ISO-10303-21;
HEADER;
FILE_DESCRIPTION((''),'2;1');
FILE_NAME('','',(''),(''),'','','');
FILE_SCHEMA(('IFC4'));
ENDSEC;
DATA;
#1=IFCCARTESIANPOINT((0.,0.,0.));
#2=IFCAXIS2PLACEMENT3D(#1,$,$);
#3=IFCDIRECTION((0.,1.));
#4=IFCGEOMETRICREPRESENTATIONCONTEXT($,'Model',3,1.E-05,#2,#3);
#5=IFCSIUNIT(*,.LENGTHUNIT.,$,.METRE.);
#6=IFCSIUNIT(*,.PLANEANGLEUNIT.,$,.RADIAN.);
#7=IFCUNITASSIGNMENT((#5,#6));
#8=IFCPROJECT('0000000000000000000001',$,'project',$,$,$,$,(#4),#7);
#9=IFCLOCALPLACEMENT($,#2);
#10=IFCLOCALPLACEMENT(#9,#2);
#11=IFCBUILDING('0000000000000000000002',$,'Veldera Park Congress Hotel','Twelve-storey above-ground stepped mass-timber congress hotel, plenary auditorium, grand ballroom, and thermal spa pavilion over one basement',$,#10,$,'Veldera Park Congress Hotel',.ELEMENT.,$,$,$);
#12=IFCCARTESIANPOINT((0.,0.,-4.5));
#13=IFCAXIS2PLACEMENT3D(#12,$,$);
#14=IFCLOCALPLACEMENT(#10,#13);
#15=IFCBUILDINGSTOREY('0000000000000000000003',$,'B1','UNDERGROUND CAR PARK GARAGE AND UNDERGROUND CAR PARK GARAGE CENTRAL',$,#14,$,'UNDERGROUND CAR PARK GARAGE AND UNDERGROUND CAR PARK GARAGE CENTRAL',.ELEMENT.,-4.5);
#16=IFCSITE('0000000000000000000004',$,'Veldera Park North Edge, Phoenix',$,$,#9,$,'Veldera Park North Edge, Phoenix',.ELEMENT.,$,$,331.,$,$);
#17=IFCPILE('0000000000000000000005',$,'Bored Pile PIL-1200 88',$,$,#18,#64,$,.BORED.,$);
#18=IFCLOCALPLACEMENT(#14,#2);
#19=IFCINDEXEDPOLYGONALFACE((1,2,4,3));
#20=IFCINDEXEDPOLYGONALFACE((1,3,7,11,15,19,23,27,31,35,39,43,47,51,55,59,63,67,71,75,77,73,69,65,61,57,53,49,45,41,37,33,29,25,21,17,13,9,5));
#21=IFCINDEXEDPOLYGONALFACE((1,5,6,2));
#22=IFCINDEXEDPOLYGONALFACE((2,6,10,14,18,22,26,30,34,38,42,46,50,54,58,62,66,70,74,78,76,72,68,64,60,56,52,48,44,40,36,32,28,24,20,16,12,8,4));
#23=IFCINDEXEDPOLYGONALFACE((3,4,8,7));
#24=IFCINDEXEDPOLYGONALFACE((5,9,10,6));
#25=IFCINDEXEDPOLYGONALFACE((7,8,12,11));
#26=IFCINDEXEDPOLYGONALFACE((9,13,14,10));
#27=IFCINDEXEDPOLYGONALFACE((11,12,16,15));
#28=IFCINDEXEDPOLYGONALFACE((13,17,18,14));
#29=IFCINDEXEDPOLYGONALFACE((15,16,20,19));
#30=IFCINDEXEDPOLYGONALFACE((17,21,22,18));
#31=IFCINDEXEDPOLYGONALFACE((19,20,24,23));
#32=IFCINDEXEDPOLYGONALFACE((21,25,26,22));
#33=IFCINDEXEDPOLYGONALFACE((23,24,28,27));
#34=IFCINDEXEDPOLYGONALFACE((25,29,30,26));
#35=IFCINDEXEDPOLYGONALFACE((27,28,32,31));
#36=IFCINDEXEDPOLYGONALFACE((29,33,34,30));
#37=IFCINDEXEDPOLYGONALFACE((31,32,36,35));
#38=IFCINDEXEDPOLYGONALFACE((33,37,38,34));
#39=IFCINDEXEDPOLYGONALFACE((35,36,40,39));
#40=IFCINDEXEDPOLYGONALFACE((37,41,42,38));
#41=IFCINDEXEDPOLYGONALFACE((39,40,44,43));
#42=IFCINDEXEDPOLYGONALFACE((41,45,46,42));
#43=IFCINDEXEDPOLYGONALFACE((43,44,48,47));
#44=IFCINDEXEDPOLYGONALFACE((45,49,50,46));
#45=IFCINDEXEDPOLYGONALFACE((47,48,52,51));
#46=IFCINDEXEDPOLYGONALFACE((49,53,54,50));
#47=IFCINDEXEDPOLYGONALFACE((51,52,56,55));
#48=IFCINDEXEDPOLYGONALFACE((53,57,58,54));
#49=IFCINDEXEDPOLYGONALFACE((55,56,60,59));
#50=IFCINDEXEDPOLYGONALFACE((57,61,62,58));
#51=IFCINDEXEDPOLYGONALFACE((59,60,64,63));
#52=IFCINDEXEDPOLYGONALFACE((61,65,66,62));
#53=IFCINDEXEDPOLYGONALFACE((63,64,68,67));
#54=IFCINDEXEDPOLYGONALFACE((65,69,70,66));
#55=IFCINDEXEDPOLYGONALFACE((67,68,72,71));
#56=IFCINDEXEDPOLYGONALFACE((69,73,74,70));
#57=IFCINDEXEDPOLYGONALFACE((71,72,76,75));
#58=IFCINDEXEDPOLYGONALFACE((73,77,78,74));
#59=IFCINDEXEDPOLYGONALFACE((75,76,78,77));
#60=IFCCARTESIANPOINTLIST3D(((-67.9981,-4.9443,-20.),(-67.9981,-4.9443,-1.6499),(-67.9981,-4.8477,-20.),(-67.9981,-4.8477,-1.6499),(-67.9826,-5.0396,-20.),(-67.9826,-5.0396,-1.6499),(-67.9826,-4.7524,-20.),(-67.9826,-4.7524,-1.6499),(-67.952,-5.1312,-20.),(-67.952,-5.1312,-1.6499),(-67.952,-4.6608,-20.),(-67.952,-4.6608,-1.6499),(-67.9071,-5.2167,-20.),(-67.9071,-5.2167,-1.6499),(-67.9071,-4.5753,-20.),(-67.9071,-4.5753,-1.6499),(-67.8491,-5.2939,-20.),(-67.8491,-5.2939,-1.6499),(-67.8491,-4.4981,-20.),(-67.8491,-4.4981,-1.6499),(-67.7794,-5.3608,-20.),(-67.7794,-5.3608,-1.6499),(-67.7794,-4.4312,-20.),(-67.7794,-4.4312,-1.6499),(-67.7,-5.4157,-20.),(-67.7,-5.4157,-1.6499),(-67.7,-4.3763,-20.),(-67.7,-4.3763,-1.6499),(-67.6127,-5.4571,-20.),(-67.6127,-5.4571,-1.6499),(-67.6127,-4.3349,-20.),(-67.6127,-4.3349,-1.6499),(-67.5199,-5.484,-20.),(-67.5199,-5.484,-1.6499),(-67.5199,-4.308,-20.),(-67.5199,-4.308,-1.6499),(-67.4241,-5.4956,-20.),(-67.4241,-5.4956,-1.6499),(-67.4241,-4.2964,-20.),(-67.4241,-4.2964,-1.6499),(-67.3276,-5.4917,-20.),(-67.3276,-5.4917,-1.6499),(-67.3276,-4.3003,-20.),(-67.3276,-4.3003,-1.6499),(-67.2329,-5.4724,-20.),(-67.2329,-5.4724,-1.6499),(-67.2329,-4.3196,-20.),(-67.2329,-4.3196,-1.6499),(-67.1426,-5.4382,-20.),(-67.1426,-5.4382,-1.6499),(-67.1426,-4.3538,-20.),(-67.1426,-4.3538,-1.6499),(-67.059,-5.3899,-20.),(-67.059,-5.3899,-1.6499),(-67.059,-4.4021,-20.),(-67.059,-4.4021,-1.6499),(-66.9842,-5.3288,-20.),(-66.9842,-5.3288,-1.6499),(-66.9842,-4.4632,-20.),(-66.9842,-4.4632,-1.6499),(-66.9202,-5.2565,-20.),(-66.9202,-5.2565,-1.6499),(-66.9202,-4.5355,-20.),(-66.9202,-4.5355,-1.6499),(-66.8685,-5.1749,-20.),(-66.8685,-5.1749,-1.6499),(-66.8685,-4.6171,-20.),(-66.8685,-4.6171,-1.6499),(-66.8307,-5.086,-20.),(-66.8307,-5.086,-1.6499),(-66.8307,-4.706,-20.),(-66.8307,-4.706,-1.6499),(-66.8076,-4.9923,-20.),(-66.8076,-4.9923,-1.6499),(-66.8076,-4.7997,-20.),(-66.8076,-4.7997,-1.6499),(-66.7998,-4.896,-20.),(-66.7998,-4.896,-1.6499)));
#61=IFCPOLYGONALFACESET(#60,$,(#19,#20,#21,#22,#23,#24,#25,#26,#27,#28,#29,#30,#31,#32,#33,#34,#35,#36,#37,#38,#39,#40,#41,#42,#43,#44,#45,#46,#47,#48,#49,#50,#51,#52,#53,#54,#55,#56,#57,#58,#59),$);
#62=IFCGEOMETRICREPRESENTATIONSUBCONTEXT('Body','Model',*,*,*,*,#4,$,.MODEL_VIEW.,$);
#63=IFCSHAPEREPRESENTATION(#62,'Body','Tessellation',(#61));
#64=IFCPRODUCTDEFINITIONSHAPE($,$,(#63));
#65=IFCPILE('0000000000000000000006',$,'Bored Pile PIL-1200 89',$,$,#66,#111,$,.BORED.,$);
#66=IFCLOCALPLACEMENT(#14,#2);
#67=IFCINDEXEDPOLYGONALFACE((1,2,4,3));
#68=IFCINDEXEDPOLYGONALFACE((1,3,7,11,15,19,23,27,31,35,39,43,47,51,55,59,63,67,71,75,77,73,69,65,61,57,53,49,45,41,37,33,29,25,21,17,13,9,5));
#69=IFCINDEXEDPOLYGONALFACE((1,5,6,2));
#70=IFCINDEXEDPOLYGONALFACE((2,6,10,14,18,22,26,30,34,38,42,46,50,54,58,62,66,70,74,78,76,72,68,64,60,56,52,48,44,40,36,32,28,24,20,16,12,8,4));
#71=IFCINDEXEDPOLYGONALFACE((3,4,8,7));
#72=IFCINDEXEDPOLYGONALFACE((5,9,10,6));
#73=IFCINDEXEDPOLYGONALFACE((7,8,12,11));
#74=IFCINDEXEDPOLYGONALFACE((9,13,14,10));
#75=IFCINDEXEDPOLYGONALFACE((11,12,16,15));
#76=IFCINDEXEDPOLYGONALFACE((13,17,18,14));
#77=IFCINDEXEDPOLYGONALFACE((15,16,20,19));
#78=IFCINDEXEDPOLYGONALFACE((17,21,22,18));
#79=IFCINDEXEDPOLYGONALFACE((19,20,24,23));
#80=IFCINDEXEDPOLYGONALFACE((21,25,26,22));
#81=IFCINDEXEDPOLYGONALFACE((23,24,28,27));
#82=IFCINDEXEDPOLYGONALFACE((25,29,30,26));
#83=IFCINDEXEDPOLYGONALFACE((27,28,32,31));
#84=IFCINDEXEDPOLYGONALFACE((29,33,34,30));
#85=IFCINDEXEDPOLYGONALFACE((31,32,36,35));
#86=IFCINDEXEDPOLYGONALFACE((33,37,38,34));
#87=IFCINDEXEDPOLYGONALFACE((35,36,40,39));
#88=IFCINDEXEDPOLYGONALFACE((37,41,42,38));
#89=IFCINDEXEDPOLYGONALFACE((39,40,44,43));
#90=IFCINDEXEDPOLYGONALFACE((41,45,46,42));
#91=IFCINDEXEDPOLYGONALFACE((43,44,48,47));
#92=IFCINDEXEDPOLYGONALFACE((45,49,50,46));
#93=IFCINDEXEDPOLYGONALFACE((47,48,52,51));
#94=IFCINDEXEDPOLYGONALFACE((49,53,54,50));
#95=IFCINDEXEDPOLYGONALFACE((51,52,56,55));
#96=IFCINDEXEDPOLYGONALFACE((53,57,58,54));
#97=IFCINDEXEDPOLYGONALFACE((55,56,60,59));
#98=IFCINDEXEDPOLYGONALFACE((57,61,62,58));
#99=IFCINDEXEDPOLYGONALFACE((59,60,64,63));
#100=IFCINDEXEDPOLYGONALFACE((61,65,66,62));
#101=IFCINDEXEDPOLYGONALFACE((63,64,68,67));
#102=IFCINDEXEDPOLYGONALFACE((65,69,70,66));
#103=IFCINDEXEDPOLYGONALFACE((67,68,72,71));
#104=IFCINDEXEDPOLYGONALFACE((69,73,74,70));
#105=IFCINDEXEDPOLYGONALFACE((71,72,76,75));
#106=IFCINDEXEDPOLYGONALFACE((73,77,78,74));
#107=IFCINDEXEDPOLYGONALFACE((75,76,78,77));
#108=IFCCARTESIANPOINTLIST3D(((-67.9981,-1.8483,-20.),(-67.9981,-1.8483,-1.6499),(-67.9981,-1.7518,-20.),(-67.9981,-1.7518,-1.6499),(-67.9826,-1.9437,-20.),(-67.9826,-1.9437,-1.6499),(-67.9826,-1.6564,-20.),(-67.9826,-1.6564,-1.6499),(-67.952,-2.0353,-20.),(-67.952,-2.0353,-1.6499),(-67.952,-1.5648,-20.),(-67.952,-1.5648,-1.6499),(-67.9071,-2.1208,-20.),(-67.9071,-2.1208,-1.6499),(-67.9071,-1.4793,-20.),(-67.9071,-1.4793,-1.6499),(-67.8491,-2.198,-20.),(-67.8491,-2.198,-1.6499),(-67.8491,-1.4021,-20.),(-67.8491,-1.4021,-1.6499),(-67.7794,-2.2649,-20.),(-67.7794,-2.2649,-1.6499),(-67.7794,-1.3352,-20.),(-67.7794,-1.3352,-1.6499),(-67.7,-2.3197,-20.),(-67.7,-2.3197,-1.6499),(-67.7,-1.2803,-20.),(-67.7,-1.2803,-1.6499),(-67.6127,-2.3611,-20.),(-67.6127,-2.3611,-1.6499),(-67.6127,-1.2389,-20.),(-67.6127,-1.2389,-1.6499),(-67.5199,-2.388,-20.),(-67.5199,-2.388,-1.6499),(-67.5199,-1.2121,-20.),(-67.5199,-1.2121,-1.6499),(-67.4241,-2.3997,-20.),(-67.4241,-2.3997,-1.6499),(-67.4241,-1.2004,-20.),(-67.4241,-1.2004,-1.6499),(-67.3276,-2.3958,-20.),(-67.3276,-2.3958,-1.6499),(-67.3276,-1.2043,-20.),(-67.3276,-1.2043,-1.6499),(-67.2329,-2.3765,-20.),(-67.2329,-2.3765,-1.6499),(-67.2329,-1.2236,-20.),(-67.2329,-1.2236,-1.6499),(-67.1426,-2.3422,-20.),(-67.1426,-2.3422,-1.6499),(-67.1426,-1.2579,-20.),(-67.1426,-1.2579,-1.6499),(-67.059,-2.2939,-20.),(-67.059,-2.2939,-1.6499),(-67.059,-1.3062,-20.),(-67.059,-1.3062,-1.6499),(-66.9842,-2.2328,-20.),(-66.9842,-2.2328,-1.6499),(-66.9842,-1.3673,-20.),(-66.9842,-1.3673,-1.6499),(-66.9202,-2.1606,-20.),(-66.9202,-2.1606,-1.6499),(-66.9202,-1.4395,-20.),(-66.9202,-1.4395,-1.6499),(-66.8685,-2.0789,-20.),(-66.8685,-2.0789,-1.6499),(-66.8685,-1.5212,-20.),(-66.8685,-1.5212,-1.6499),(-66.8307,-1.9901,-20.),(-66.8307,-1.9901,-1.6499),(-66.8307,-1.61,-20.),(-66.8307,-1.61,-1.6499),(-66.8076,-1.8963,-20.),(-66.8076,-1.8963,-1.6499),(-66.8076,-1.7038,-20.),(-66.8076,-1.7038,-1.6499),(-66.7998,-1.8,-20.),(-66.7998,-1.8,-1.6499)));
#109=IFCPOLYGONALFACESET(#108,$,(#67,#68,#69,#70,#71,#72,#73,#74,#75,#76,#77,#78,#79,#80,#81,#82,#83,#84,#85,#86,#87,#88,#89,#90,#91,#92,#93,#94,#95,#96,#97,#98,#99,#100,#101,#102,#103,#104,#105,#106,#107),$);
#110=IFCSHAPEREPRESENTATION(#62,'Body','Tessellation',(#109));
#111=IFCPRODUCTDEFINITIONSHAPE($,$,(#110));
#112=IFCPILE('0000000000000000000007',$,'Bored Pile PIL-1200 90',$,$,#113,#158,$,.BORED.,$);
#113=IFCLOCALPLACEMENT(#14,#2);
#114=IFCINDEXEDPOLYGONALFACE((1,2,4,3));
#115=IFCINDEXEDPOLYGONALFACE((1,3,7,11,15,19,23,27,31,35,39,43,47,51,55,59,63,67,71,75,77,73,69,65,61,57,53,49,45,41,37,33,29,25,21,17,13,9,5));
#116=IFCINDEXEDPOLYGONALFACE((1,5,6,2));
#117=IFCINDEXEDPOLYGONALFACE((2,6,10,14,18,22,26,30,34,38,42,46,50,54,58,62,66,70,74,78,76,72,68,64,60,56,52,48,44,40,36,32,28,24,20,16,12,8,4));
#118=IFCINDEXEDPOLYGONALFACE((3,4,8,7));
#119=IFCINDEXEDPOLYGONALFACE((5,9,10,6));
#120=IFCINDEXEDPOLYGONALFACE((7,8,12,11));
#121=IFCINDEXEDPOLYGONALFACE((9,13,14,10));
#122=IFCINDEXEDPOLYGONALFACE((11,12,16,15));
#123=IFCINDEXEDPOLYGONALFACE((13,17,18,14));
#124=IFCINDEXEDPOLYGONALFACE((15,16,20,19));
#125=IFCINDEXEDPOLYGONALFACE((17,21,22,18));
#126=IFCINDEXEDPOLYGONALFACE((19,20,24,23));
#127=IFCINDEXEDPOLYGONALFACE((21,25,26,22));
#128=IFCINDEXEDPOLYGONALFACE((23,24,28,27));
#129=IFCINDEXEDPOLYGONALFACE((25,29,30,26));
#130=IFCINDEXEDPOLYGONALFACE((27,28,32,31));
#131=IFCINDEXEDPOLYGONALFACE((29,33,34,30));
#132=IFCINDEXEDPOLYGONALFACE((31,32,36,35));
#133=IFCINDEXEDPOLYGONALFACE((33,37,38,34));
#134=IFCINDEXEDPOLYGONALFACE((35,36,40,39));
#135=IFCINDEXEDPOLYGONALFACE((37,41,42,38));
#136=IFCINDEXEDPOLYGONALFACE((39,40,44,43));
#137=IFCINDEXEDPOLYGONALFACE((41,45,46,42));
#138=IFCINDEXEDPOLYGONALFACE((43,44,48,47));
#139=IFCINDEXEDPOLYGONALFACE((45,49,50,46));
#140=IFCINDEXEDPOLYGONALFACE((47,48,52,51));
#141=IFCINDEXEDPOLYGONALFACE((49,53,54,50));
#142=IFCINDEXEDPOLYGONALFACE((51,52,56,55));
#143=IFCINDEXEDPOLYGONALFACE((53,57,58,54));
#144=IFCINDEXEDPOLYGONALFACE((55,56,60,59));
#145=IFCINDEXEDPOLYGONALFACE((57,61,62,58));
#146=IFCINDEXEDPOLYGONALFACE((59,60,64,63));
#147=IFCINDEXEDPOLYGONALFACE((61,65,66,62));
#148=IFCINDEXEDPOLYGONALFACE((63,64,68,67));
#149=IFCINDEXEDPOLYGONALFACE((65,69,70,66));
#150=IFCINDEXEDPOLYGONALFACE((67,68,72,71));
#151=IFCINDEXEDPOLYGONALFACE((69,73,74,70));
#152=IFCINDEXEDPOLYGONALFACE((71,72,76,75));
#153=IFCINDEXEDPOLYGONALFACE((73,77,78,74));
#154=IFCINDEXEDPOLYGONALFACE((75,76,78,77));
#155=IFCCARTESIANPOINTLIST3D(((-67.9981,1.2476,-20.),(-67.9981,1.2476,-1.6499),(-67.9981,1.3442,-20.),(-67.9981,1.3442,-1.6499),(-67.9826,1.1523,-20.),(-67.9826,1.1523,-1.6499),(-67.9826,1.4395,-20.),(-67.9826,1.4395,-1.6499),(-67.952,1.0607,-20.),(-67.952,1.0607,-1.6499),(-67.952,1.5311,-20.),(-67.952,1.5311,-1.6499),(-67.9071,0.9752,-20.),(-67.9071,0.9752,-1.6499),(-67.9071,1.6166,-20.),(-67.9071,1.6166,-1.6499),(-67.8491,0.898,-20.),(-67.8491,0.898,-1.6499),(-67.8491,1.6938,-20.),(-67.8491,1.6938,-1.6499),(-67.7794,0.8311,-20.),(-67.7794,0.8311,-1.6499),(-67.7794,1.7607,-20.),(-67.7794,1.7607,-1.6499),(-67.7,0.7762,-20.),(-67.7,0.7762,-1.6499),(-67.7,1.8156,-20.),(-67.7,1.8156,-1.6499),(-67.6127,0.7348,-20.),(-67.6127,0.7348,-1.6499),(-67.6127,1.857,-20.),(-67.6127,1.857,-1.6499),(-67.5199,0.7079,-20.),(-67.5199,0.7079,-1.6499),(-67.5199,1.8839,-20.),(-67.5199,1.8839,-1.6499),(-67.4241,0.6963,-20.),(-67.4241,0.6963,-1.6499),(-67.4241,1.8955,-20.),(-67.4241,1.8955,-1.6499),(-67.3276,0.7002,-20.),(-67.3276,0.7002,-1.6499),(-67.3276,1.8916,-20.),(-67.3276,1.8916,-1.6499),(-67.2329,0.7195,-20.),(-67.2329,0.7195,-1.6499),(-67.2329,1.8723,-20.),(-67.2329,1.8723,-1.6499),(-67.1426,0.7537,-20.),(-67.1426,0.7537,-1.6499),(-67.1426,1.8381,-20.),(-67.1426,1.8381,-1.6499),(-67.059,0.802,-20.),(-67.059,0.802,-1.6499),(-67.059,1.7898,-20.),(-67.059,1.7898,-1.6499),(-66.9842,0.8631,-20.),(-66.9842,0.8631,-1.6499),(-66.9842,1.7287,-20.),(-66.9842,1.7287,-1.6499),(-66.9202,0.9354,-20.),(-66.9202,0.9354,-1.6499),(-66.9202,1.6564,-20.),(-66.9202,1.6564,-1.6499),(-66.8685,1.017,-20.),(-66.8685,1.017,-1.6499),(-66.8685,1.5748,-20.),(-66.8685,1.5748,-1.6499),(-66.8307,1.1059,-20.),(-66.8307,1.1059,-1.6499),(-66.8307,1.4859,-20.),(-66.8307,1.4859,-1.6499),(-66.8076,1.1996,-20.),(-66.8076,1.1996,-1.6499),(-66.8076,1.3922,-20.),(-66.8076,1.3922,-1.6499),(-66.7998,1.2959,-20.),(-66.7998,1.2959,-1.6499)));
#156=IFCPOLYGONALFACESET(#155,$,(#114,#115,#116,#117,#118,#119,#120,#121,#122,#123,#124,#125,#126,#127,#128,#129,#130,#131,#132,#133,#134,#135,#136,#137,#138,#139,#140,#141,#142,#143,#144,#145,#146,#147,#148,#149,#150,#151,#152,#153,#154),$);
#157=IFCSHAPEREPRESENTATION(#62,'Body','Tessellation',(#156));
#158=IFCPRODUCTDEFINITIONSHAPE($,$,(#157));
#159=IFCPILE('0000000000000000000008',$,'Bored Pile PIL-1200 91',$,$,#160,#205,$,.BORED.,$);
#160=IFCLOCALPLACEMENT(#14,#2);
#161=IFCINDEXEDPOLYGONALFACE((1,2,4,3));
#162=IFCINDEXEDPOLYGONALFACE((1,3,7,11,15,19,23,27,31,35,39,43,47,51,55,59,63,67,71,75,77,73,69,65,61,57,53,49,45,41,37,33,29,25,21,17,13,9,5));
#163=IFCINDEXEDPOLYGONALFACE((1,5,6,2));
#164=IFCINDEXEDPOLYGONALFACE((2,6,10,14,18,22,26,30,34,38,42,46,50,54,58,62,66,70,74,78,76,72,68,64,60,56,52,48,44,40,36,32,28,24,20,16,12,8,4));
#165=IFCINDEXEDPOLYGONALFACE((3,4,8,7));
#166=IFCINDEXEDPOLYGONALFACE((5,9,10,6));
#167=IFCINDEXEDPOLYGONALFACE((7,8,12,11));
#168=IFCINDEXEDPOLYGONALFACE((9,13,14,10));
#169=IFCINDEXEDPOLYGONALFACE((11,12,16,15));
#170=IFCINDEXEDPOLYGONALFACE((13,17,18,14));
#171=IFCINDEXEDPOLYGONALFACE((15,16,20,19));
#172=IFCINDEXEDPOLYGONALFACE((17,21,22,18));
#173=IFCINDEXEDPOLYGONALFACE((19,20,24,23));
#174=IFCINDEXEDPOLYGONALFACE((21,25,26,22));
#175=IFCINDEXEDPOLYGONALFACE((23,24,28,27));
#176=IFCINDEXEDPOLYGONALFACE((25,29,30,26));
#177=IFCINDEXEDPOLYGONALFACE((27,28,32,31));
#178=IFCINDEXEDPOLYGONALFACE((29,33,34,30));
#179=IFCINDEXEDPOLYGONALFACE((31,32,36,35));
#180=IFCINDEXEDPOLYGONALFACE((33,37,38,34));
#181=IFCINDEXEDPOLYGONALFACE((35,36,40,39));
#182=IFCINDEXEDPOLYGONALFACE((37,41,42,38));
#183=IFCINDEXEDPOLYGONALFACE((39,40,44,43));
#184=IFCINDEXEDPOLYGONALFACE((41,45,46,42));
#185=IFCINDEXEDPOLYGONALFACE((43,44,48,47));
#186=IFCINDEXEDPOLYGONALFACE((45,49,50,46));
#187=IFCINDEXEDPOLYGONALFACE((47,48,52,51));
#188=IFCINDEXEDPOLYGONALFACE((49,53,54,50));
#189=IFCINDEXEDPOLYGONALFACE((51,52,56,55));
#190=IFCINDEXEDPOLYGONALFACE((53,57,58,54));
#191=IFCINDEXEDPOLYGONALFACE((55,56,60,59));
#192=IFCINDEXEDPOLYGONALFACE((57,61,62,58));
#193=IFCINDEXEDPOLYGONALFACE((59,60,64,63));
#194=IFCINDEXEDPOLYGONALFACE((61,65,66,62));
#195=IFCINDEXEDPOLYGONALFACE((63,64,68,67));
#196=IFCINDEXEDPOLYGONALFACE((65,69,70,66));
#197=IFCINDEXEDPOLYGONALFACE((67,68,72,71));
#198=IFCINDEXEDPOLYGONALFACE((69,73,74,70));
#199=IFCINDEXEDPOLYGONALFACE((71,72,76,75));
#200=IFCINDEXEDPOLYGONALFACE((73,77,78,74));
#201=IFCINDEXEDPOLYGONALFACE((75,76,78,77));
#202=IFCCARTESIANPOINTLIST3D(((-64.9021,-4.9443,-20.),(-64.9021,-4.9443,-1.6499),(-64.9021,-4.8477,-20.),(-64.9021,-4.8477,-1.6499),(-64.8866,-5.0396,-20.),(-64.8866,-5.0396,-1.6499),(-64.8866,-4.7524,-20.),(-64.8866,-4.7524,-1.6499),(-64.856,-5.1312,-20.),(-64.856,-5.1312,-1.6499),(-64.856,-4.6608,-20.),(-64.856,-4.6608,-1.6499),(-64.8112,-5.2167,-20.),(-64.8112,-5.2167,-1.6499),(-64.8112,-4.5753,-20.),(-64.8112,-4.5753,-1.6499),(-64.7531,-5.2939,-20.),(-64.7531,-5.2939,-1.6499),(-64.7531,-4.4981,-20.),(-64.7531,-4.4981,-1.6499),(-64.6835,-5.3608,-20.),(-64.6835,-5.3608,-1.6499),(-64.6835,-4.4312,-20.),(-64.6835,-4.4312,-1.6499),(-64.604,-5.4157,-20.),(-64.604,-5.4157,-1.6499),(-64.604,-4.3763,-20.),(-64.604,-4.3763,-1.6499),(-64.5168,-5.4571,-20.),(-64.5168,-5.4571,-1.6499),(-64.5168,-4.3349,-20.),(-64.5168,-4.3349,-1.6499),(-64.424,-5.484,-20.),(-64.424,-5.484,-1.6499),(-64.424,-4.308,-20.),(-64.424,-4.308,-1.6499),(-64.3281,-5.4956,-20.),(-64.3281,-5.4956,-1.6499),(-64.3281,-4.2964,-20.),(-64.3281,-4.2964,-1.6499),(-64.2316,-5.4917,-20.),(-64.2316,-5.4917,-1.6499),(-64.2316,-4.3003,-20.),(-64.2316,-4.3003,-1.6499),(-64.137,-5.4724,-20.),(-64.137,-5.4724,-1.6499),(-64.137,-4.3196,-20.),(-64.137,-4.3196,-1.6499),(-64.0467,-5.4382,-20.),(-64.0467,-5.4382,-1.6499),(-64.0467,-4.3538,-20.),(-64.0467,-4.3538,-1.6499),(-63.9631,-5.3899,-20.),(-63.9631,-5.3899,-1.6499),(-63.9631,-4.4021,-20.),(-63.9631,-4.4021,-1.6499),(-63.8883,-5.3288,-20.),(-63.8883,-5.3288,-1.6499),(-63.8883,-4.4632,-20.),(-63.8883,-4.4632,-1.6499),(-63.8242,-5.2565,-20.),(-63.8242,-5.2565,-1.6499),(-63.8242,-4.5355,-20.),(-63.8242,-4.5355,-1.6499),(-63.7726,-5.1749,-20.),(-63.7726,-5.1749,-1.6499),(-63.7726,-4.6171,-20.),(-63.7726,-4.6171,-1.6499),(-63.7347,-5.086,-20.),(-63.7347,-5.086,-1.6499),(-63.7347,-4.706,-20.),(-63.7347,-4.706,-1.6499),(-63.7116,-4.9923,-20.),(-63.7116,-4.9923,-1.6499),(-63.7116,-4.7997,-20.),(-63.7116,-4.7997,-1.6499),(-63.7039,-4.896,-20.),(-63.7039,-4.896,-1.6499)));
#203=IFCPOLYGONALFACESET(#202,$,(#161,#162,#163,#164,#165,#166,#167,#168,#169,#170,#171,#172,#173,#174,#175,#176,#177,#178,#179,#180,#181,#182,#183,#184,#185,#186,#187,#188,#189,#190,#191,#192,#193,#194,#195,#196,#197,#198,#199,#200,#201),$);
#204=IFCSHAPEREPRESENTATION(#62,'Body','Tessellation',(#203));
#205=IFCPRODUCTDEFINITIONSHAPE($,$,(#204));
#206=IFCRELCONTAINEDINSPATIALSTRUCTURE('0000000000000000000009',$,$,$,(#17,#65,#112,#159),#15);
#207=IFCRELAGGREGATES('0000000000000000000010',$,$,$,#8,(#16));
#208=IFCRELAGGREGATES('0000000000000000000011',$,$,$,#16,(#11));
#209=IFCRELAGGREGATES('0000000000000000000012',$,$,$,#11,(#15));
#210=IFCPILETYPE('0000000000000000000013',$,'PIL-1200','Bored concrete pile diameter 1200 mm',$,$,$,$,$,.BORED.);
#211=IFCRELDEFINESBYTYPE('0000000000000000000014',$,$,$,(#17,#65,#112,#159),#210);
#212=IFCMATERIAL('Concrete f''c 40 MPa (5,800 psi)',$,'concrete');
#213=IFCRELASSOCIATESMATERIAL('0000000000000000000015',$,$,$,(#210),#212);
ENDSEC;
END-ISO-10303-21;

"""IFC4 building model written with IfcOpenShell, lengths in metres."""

from ifc_helpers import new_model, si_unit, direction, frame, origin, origin_2d, place, context, subcontext, project, spatial, circle, extrude, material, material_profile, profile_set, type_object, element, save


model = new_model("IFC4")

# Units and contexts
model_context = context("Model", 3, precision=1e-05, world=origin(), true_north=direction((0.0, 1.0)))
body_context = subcontext(model_context, "Body", "Model", "MODEL_VIEW")
ifc_project = project(units=[si_unit("LENGTHUNIT", "METRE"), si_unit("PLANEANGLEUNIT", "RADIAN")], contexts=[model_context])

# Site, building, storey
site_placement = place(None, origin())
site = spatial("IfcSite", under=ifc_project, at=site_placement, Name="Veldera Park North Edge, Phoenix", LongName="Veldera Park North Edge, Phoenix", CompositionType="ELEMENT", RefElevation=331.0)
building_placement = place(site_placement, origin())
building = spatial("IfcBuilding", under=site, at=building_placement, Name="Veldera Park Congress Hotel", Description="Twelve-storey above-ground stepped mass-timber congress hotel, plenary auditorium, grand ballroom, and thermal spa pavilion over one basement", LongName="Veldera Park Congress Hotel", CompositionType="ELEMENT")
storey_placement = place(building_placement, frame((0.0, 0.0, -4.5)))
storey = spatial("IfcBuildingStorey", under=building, at=storey_placement, Name="B1", Description="UNDERGROUND CAR PARK GARAGE AND UNDERGROUND CAR PARK GARAGE CENTRAL", LongName="UNDERGROUND CAR PARK GARAGE AND UNDERGROUND CAR PARK GARAGE CENTRAL", CompositionType="ELEMENT", Elevation=-4.5)

# Shared definitions
ifc_material_1 = material(Name="Concrete f'c 40 MPa (5,800 psi)", Category="concrete")

# Piles
ifc_material_profile_1 = material_profile(ifc_material_1, circle(Radius=0.6001, at=origin_2d()), Name="PILE D1200")
ifc_profile_set_1 = profile_set([ifc_material_profile_1], Name="Concrete f'c 40 MPa (5,800 psi)")
pile_type = type_object("IfcPileType", Name="PIL-1200", Description="Bored concrete pile diameter 1200 mm", PredefinedType="BORED", material=ifc_profile_set_1)
for number, where, z_axis, x_axis, name in (
    (1, (-67.3999, -4.896, -1.6499), (0.0, 0.0, -1.0), (1.0, 0.0, 0.0), "Bored Pile PIL-1200 88"),
    (2, (-67.3999, -1.8, -1.6499), (0.0, 0.0, -1.0), (1.0, 0.0, 0.0), "Bored Pile PIL-1200 89"),
    (3, (-67.3999, 1.2959, -1.6499), (0.0, 0.0, -1.0), (1.0, 0.0, 0.0), "Bored Pile PIL-1200 90"),
    (4, (-64.304, -4.896, -1.6499), (0.0, 0.0, -1.0), (1.0, 0.0, 0.0), "Bored Pile PIL-1200 91"),
):
    element("IfcPile", number, at=place(storey_placement, frame(where, z_axis=z_axis, x_axis=x_axis)), inside=storey, type_object=pile_type, Name=name, PredefinedType="BORED", context=body_context, shape_type="SweptSolid", body=[
        extrude(circle(Radius=0.6001, at=origin_2d()), origin(), (0.0, 0.0, 1.0), 18.3501),
    ])

save(model, "model.ifc")
